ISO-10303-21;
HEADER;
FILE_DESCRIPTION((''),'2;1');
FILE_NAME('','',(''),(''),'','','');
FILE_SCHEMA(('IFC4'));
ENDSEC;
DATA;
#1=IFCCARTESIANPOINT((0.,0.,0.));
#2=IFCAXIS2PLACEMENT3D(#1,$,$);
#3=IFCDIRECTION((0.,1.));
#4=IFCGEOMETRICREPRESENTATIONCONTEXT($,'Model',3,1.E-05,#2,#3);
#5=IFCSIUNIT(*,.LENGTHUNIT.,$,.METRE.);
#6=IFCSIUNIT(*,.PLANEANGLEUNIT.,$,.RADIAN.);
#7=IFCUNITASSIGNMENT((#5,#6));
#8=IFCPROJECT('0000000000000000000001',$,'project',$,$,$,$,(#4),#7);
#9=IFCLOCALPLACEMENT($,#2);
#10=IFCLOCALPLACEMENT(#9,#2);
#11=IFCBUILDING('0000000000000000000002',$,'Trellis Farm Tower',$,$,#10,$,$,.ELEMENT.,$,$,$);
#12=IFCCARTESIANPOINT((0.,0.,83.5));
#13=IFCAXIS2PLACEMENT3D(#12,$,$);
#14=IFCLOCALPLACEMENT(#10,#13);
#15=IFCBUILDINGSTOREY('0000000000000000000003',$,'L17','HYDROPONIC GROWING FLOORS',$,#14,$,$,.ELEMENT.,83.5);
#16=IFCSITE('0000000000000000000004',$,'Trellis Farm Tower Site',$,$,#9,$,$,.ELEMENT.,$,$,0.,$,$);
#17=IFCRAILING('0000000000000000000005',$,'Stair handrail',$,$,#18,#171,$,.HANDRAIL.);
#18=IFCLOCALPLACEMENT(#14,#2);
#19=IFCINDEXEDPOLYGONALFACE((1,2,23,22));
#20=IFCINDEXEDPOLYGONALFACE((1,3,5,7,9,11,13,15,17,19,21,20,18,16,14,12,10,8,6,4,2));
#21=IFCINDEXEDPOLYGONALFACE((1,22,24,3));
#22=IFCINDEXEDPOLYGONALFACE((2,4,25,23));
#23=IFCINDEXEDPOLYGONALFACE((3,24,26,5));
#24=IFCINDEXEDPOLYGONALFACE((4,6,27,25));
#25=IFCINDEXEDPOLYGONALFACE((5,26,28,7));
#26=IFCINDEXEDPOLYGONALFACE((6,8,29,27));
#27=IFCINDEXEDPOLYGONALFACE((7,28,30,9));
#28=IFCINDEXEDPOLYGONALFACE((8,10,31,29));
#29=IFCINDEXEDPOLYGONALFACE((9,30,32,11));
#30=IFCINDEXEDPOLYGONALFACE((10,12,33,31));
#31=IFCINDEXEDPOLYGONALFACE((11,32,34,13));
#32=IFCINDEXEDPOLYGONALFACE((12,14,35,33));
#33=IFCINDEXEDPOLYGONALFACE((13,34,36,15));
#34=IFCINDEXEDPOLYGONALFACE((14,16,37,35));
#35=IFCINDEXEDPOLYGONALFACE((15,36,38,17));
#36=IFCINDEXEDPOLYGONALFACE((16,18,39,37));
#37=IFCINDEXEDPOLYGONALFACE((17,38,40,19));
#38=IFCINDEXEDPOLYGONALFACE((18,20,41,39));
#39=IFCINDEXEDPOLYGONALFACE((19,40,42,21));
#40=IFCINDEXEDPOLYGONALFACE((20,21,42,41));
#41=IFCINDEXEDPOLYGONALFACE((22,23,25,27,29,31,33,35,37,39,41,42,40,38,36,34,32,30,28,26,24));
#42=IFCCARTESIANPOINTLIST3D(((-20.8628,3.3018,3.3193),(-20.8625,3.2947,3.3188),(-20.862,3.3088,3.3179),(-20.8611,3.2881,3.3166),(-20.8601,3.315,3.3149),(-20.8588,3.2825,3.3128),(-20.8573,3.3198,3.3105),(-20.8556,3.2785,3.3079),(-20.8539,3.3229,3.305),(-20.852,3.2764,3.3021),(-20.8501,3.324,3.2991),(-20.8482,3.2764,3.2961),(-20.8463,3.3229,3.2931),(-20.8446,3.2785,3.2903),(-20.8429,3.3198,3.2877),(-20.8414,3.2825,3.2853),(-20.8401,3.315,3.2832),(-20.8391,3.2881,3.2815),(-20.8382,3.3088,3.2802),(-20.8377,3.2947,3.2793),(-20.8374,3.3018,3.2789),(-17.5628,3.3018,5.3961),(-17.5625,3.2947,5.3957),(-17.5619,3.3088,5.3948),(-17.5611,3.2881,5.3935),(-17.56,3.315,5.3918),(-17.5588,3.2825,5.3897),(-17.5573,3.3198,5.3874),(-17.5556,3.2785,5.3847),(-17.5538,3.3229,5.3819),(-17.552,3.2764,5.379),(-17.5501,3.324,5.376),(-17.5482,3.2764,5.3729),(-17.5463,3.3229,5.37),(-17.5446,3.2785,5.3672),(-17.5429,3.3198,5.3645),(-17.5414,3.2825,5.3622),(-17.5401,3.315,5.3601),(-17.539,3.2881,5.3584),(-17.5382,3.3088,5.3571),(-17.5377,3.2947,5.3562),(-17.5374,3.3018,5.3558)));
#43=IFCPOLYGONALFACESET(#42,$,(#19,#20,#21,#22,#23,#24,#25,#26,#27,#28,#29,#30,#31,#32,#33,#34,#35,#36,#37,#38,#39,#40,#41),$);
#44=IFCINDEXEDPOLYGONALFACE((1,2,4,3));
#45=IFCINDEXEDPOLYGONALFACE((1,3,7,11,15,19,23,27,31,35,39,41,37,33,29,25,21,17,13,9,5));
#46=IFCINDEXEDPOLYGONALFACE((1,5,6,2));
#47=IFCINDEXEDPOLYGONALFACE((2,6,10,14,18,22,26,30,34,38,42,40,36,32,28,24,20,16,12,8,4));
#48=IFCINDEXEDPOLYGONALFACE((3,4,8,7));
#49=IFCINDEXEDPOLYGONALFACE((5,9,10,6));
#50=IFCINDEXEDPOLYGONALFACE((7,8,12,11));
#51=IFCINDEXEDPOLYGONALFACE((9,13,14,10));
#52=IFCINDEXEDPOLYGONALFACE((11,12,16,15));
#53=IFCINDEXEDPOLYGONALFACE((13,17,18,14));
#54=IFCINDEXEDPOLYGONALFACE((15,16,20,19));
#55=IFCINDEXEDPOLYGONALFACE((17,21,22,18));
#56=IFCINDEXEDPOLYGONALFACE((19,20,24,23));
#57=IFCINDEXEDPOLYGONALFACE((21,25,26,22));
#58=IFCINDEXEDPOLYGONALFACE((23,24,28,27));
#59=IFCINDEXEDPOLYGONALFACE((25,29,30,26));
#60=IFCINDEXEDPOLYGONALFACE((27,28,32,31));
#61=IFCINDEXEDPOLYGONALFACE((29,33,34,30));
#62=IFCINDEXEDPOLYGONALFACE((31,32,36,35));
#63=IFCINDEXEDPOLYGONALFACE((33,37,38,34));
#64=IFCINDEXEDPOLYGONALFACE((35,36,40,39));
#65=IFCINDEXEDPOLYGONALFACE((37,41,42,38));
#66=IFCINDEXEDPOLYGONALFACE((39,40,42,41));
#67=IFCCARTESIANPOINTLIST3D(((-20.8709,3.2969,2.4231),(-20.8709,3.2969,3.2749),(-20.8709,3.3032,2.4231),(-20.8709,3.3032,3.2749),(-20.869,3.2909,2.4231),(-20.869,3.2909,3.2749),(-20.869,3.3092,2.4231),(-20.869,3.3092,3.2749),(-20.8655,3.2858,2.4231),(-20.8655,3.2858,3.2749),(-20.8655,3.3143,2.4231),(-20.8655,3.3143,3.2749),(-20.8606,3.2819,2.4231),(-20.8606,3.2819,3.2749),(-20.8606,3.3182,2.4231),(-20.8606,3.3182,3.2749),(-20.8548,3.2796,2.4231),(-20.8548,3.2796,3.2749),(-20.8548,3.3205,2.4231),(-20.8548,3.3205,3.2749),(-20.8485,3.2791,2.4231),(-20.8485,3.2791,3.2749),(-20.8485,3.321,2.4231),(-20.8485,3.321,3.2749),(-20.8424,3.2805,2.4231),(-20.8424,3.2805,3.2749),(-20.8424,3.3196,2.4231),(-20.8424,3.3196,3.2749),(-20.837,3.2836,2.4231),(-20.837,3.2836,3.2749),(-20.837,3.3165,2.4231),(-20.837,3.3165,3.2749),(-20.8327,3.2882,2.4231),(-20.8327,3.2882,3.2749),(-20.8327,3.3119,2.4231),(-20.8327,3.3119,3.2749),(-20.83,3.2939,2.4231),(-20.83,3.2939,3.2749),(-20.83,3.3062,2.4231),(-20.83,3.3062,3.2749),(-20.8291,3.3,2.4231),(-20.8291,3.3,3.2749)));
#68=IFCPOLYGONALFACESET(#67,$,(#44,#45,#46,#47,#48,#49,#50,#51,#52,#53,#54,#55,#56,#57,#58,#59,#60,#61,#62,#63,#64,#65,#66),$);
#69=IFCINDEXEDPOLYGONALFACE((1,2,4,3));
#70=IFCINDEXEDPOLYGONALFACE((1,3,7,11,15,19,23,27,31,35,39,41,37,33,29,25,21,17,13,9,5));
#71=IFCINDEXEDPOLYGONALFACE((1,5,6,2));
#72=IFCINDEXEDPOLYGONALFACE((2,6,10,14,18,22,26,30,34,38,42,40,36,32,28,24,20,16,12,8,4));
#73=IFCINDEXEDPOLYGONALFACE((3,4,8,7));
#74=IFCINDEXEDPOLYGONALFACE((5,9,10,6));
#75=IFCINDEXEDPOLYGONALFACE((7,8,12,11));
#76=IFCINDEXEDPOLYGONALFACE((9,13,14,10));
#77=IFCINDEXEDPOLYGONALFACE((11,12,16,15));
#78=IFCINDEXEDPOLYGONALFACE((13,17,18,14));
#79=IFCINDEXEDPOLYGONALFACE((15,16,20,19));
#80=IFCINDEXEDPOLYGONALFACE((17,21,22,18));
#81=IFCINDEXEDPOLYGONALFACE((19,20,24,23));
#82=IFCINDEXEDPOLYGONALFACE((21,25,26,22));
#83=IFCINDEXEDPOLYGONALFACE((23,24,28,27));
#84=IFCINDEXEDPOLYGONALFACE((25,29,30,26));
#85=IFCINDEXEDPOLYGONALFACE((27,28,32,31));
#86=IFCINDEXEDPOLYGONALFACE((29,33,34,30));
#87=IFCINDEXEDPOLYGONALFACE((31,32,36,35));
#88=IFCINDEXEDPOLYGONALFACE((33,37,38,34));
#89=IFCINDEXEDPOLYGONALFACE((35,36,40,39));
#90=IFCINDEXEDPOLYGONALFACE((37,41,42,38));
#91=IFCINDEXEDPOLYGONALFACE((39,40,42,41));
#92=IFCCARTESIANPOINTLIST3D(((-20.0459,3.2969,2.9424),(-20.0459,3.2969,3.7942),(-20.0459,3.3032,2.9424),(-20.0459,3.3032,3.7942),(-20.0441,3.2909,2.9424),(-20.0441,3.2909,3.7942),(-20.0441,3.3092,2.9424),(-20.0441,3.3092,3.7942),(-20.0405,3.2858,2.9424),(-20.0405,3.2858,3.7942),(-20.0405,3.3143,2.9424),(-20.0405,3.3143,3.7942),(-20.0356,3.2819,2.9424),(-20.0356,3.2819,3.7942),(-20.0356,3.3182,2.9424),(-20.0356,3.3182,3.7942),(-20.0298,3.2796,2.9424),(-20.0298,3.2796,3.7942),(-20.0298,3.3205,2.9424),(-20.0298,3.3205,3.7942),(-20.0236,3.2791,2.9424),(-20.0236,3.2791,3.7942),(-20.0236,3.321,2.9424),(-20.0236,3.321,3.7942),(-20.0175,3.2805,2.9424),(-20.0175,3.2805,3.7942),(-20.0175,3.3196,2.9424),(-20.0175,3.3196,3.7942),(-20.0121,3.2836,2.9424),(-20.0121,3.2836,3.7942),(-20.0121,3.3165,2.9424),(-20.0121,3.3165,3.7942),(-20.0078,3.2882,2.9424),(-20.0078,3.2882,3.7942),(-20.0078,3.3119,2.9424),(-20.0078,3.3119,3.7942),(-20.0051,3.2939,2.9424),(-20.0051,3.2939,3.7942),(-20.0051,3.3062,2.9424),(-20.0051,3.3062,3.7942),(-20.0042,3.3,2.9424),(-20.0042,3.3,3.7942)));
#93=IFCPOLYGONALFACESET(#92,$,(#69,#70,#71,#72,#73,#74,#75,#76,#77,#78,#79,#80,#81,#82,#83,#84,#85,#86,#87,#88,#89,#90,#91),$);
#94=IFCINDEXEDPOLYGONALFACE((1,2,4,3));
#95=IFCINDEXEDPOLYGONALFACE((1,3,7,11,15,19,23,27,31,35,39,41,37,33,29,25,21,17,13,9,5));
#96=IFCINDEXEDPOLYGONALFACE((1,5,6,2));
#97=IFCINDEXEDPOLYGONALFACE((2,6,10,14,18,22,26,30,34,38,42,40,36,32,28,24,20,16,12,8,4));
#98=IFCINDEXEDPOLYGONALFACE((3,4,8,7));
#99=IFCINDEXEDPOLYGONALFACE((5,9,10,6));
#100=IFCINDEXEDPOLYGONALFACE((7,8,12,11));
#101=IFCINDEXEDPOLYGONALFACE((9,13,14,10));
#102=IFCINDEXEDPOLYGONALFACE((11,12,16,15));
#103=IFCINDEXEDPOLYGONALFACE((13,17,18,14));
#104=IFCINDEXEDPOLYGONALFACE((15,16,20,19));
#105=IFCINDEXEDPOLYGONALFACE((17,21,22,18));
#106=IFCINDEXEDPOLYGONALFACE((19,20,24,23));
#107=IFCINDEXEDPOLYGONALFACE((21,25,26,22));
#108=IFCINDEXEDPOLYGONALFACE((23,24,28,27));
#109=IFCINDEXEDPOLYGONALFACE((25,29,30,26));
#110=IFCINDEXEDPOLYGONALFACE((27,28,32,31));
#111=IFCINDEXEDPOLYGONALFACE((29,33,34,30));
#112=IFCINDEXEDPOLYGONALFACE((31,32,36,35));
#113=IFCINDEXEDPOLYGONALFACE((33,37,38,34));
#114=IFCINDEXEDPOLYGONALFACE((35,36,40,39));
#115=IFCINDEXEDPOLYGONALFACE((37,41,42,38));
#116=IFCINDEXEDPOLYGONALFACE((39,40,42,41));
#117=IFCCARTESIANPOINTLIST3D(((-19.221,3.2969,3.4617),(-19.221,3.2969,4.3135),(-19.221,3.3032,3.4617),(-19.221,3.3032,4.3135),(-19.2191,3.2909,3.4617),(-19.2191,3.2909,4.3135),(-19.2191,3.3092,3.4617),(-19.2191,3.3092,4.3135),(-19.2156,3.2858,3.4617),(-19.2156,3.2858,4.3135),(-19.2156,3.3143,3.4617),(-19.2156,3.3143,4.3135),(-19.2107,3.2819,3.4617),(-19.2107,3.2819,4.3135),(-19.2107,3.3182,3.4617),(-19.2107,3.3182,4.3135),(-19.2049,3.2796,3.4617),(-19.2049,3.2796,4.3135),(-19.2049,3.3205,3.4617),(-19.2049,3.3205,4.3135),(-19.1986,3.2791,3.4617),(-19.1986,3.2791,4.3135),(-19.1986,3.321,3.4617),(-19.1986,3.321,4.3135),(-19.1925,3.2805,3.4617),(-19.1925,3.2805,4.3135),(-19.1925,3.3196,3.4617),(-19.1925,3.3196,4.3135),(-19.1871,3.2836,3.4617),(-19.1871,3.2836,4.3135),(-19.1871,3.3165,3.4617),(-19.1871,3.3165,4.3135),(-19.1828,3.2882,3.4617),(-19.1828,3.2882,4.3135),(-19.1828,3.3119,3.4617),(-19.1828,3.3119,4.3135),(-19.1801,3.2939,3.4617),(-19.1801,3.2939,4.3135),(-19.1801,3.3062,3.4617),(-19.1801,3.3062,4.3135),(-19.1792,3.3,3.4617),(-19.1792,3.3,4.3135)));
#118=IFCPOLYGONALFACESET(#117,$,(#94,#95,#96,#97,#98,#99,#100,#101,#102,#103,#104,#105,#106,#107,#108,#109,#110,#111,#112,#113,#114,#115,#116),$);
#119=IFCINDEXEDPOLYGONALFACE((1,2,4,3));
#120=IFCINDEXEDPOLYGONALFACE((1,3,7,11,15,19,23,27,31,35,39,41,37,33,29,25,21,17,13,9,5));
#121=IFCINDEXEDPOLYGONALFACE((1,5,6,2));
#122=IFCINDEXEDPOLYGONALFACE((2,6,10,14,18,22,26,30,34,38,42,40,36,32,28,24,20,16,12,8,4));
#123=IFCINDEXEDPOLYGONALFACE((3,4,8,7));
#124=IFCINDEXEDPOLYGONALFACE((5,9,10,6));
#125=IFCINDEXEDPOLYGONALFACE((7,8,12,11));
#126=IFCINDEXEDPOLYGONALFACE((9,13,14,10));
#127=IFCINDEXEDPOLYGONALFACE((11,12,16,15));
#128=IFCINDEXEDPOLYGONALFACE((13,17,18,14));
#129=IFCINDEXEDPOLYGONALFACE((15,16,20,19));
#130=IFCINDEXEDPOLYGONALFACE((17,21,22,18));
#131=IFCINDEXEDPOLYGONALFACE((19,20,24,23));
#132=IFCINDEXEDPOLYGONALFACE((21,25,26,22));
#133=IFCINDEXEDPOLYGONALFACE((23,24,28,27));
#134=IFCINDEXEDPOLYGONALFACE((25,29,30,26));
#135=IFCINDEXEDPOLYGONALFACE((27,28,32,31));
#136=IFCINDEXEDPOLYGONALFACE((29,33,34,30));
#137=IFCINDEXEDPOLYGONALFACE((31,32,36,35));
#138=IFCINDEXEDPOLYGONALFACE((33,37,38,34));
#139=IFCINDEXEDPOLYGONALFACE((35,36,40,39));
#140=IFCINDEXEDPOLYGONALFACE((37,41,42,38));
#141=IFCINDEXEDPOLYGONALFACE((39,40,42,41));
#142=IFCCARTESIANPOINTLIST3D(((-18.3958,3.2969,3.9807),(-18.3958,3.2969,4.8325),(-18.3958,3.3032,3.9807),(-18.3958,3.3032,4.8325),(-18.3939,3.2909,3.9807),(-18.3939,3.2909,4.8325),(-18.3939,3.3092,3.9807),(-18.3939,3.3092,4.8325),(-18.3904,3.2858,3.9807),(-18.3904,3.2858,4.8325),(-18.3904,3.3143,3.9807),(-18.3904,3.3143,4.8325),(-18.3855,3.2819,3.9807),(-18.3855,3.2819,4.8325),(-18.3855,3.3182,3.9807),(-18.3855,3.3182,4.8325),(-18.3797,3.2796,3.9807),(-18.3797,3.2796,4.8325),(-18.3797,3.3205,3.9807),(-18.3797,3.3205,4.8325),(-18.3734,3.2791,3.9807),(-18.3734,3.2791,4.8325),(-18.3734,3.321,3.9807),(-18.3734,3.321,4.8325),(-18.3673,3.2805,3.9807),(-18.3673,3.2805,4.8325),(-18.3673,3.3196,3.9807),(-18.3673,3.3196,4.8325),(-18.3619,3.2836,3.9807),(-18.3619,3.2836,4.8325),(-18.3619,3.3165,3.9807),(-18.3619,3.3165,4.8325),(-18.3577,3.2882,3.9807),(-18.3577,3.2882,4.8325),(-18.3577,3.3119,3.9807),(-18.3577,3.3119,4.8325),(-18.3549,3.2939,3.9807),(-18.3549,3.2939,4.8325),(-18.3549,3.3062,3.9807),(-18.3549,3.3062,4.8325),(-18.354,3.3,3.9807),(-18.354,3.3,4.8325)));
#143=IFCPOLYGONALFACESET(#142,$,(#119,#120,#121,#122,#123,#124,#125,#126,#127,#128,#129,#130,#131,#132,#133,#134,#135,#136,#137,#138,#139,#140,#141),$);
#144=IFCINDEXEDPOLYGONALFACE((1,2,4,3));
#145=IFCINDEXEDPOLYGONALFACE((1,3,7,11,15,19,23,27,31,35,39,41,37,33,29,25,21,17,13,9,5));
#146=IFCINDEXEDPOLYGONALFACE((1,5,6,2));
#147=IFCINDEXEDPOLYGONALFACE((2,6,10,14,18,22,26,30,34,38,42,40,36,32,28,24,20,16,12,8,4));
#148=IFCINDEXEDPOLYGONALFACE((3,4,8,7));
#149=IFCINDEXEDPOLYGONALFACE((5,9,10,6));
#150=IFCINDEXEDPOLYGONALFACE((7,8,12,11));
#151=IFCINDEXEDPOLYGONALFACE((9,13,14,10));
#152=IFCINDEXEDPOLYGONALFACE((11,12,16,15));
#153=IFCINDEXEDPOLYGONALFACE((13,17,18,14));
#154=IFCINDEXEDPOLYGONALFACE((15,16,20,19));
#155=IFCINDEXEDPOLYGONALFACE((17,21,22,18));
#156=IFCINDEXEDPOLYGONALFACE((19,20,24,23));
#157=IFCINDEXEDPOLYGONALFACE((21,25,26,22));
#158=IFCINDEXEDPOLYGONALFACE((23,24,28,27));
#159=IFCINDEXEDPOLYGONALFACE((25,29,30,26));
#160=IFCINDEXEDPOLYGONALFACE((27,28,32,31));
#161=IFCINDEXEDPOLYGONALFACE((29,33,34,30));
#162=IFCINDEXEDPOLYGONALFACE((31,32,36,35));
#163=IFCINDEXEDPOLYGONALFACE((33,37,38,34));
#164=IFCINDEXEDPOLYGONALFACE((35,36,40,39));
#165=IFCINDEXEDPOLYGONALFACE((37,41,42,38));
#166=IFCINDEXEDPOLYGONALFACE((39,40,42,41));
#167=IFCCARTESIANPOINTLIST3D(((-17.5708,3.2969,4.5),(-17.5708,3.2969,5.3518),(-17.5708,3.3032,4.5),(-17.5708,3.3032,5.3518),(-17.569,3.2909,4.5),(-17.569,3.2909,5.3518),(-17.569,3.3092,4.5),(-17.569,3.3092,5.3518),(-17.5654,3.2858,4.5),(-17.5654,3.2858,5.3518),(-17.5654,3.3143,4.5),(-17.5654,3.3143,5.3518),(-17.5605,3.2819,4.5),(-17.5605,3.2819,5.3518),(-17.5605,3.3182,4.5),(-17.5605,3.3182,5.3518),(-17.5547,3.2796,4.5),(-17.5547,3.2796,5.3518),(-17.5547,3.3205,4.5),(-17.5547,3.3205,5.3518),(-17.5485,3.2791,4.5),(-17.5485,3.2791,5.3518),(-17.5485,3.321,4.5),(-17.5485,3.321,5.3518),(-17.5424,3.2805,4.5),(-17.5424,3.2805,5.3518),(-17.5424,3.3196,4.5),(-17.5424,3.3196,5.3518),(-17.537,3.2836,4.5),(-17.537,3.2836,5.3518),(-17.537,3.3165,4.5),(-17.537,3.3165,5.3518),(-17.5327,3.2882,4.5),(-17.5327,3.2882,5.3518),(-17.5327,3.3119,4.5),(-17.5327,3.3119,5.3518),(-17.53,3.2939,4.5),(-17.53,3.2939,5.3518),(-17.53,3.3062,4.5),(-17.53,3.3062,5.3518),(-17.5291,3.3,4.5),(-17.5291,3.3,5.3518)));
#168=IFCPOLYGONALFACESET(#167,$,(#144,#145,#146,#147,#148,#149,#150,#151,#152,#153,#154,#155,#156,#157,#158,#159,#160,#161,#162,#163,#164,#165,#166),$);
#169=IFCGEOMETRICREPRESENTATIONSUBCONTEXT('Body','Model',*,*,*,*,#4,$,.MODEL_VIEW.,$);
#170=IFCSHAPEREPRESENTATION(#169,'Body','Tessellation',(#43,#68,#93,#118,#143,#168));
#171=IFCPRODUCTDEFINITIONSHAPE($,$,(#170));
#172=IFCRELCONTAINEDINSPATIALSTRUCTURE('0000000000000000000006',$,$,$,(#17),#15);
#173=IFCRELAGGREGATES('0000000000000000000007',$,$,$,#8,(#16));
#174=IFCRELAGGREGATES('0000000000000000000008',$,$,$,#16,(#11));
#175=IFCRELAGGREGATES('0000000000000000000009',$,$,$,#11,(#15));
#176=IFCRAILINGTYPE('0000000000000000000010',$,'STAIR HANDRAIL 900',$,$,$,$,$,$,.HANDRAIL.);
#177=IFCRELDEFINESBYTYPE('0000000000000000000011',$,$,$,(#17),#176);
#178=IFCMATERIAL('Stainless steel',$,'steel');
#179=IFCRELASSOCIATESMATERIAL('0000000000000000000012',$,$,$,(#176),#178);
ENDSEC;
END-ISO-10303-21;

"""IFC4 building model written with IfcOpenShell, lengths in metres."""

from ifc_helpers import new_model, si_unit, direction, frame, origin, origin_2d, place, context, subcontext, project, spatial, circle, extrude, source, transform, mapped, material, type_object, element, save


model = new_model("IFC4")

# Units and contexts
model_context = context("Model", 3, precision=1e-05, world=origin(), true_north=direction((0.0, 1.0)))
body_context = subcontext(model_context, "Body", "Model", "MODEL_VIEW")
ifc_project = project(units=[si_unit("LENGTHUNIT", "METRE"), si_unit("PLANEANGLEUNIT", "RADIAN")], contexts=[model_context])

# Site, building, storey
site_placement = place(None, origin())
site = spatial("IfcSite", under=ifc_project, at=site_placement, Name="Trellis Farm Tower Site", CompositionType="ELEMENT", RefElevation=0.0)
building_placement = place(site_placement, origin())
building = spatial("IfcBuilding", under=site, at=building_placement, Name="Trellis Farm Tower", CompositionType="ELEMENT")
storey_placement = place(building_placement, frame((0.0, 0.0, 83.5)))
storey = spatial("IfcBuildingStorey", under=building, at=storey_placement, Name="L17", Description="HYDROPONIC GROWING FLOORS", CompositionType="ELEMENT", Elevation=83.5)

# Railing
ifc_material_1 = material(Name="Stainless steel", Category="steel")
railing_type = type_object("IfcRailingType", Name="STAIR HANDRAIL 900", PredefinedType="HANDRAIL", material=ifc_material_1)
shared_shape_1 = source(origin(), body_context, "Body", "SweptSolid", [
    extrude(circle(Radius=0.0239, at=origin_2d()), frame((0.0, 0.0, 0.876), z_axis=(0.846337, 0.0, 0.532647), x_axis=(0.0, 1.0, 0.0)), (0.0, 0.0, 1.0), 3.8992),
    extrude(circle(Radius=0.021, at=origin_2d()), origin(), (0.0, 0.0, 1.0), 0.8518),
    extrude(circle(Radius=0.021, at=origin_2d()), frame((0.825, 0.0, 0.5193)), (0.0, 0.0, 1.0), 0.8518),
    extrude(circle(Radius=0.021, at=origin_2d()), frame((1.6499, 0.0, 1.0386)), (0.0, 0.0, 1.0), 0.8518),
    extrude(circle(Radius=0.021, at=origin_2d()), frame((2.4751, 0.0, 1.5576)), (0.0, 0.0, 1.0), 0.8518),
    extrude(circle(Radius=0.021, at=origin_2d()), frame((3.3, 0.0, 2.0769)), (0.0, 0.0, 1.0), 0.8518),
])
for number, where, name in (
    (1, (-20.8501, 3.3, 2.4231), "Stair handrail"),
):
    element("IfcRailing", number, at=place(storey_placement, frame(where)), inside=storey, type_object=railing_type, Name=name, PredefinedType="HANDRAIL", context=body_context, shape_type="MappedRepresentation", body=[
        mapped(shared_shape_1, transform((0.0, 0.0, 0.0))),
    ])

save(model, "model.ifc")
